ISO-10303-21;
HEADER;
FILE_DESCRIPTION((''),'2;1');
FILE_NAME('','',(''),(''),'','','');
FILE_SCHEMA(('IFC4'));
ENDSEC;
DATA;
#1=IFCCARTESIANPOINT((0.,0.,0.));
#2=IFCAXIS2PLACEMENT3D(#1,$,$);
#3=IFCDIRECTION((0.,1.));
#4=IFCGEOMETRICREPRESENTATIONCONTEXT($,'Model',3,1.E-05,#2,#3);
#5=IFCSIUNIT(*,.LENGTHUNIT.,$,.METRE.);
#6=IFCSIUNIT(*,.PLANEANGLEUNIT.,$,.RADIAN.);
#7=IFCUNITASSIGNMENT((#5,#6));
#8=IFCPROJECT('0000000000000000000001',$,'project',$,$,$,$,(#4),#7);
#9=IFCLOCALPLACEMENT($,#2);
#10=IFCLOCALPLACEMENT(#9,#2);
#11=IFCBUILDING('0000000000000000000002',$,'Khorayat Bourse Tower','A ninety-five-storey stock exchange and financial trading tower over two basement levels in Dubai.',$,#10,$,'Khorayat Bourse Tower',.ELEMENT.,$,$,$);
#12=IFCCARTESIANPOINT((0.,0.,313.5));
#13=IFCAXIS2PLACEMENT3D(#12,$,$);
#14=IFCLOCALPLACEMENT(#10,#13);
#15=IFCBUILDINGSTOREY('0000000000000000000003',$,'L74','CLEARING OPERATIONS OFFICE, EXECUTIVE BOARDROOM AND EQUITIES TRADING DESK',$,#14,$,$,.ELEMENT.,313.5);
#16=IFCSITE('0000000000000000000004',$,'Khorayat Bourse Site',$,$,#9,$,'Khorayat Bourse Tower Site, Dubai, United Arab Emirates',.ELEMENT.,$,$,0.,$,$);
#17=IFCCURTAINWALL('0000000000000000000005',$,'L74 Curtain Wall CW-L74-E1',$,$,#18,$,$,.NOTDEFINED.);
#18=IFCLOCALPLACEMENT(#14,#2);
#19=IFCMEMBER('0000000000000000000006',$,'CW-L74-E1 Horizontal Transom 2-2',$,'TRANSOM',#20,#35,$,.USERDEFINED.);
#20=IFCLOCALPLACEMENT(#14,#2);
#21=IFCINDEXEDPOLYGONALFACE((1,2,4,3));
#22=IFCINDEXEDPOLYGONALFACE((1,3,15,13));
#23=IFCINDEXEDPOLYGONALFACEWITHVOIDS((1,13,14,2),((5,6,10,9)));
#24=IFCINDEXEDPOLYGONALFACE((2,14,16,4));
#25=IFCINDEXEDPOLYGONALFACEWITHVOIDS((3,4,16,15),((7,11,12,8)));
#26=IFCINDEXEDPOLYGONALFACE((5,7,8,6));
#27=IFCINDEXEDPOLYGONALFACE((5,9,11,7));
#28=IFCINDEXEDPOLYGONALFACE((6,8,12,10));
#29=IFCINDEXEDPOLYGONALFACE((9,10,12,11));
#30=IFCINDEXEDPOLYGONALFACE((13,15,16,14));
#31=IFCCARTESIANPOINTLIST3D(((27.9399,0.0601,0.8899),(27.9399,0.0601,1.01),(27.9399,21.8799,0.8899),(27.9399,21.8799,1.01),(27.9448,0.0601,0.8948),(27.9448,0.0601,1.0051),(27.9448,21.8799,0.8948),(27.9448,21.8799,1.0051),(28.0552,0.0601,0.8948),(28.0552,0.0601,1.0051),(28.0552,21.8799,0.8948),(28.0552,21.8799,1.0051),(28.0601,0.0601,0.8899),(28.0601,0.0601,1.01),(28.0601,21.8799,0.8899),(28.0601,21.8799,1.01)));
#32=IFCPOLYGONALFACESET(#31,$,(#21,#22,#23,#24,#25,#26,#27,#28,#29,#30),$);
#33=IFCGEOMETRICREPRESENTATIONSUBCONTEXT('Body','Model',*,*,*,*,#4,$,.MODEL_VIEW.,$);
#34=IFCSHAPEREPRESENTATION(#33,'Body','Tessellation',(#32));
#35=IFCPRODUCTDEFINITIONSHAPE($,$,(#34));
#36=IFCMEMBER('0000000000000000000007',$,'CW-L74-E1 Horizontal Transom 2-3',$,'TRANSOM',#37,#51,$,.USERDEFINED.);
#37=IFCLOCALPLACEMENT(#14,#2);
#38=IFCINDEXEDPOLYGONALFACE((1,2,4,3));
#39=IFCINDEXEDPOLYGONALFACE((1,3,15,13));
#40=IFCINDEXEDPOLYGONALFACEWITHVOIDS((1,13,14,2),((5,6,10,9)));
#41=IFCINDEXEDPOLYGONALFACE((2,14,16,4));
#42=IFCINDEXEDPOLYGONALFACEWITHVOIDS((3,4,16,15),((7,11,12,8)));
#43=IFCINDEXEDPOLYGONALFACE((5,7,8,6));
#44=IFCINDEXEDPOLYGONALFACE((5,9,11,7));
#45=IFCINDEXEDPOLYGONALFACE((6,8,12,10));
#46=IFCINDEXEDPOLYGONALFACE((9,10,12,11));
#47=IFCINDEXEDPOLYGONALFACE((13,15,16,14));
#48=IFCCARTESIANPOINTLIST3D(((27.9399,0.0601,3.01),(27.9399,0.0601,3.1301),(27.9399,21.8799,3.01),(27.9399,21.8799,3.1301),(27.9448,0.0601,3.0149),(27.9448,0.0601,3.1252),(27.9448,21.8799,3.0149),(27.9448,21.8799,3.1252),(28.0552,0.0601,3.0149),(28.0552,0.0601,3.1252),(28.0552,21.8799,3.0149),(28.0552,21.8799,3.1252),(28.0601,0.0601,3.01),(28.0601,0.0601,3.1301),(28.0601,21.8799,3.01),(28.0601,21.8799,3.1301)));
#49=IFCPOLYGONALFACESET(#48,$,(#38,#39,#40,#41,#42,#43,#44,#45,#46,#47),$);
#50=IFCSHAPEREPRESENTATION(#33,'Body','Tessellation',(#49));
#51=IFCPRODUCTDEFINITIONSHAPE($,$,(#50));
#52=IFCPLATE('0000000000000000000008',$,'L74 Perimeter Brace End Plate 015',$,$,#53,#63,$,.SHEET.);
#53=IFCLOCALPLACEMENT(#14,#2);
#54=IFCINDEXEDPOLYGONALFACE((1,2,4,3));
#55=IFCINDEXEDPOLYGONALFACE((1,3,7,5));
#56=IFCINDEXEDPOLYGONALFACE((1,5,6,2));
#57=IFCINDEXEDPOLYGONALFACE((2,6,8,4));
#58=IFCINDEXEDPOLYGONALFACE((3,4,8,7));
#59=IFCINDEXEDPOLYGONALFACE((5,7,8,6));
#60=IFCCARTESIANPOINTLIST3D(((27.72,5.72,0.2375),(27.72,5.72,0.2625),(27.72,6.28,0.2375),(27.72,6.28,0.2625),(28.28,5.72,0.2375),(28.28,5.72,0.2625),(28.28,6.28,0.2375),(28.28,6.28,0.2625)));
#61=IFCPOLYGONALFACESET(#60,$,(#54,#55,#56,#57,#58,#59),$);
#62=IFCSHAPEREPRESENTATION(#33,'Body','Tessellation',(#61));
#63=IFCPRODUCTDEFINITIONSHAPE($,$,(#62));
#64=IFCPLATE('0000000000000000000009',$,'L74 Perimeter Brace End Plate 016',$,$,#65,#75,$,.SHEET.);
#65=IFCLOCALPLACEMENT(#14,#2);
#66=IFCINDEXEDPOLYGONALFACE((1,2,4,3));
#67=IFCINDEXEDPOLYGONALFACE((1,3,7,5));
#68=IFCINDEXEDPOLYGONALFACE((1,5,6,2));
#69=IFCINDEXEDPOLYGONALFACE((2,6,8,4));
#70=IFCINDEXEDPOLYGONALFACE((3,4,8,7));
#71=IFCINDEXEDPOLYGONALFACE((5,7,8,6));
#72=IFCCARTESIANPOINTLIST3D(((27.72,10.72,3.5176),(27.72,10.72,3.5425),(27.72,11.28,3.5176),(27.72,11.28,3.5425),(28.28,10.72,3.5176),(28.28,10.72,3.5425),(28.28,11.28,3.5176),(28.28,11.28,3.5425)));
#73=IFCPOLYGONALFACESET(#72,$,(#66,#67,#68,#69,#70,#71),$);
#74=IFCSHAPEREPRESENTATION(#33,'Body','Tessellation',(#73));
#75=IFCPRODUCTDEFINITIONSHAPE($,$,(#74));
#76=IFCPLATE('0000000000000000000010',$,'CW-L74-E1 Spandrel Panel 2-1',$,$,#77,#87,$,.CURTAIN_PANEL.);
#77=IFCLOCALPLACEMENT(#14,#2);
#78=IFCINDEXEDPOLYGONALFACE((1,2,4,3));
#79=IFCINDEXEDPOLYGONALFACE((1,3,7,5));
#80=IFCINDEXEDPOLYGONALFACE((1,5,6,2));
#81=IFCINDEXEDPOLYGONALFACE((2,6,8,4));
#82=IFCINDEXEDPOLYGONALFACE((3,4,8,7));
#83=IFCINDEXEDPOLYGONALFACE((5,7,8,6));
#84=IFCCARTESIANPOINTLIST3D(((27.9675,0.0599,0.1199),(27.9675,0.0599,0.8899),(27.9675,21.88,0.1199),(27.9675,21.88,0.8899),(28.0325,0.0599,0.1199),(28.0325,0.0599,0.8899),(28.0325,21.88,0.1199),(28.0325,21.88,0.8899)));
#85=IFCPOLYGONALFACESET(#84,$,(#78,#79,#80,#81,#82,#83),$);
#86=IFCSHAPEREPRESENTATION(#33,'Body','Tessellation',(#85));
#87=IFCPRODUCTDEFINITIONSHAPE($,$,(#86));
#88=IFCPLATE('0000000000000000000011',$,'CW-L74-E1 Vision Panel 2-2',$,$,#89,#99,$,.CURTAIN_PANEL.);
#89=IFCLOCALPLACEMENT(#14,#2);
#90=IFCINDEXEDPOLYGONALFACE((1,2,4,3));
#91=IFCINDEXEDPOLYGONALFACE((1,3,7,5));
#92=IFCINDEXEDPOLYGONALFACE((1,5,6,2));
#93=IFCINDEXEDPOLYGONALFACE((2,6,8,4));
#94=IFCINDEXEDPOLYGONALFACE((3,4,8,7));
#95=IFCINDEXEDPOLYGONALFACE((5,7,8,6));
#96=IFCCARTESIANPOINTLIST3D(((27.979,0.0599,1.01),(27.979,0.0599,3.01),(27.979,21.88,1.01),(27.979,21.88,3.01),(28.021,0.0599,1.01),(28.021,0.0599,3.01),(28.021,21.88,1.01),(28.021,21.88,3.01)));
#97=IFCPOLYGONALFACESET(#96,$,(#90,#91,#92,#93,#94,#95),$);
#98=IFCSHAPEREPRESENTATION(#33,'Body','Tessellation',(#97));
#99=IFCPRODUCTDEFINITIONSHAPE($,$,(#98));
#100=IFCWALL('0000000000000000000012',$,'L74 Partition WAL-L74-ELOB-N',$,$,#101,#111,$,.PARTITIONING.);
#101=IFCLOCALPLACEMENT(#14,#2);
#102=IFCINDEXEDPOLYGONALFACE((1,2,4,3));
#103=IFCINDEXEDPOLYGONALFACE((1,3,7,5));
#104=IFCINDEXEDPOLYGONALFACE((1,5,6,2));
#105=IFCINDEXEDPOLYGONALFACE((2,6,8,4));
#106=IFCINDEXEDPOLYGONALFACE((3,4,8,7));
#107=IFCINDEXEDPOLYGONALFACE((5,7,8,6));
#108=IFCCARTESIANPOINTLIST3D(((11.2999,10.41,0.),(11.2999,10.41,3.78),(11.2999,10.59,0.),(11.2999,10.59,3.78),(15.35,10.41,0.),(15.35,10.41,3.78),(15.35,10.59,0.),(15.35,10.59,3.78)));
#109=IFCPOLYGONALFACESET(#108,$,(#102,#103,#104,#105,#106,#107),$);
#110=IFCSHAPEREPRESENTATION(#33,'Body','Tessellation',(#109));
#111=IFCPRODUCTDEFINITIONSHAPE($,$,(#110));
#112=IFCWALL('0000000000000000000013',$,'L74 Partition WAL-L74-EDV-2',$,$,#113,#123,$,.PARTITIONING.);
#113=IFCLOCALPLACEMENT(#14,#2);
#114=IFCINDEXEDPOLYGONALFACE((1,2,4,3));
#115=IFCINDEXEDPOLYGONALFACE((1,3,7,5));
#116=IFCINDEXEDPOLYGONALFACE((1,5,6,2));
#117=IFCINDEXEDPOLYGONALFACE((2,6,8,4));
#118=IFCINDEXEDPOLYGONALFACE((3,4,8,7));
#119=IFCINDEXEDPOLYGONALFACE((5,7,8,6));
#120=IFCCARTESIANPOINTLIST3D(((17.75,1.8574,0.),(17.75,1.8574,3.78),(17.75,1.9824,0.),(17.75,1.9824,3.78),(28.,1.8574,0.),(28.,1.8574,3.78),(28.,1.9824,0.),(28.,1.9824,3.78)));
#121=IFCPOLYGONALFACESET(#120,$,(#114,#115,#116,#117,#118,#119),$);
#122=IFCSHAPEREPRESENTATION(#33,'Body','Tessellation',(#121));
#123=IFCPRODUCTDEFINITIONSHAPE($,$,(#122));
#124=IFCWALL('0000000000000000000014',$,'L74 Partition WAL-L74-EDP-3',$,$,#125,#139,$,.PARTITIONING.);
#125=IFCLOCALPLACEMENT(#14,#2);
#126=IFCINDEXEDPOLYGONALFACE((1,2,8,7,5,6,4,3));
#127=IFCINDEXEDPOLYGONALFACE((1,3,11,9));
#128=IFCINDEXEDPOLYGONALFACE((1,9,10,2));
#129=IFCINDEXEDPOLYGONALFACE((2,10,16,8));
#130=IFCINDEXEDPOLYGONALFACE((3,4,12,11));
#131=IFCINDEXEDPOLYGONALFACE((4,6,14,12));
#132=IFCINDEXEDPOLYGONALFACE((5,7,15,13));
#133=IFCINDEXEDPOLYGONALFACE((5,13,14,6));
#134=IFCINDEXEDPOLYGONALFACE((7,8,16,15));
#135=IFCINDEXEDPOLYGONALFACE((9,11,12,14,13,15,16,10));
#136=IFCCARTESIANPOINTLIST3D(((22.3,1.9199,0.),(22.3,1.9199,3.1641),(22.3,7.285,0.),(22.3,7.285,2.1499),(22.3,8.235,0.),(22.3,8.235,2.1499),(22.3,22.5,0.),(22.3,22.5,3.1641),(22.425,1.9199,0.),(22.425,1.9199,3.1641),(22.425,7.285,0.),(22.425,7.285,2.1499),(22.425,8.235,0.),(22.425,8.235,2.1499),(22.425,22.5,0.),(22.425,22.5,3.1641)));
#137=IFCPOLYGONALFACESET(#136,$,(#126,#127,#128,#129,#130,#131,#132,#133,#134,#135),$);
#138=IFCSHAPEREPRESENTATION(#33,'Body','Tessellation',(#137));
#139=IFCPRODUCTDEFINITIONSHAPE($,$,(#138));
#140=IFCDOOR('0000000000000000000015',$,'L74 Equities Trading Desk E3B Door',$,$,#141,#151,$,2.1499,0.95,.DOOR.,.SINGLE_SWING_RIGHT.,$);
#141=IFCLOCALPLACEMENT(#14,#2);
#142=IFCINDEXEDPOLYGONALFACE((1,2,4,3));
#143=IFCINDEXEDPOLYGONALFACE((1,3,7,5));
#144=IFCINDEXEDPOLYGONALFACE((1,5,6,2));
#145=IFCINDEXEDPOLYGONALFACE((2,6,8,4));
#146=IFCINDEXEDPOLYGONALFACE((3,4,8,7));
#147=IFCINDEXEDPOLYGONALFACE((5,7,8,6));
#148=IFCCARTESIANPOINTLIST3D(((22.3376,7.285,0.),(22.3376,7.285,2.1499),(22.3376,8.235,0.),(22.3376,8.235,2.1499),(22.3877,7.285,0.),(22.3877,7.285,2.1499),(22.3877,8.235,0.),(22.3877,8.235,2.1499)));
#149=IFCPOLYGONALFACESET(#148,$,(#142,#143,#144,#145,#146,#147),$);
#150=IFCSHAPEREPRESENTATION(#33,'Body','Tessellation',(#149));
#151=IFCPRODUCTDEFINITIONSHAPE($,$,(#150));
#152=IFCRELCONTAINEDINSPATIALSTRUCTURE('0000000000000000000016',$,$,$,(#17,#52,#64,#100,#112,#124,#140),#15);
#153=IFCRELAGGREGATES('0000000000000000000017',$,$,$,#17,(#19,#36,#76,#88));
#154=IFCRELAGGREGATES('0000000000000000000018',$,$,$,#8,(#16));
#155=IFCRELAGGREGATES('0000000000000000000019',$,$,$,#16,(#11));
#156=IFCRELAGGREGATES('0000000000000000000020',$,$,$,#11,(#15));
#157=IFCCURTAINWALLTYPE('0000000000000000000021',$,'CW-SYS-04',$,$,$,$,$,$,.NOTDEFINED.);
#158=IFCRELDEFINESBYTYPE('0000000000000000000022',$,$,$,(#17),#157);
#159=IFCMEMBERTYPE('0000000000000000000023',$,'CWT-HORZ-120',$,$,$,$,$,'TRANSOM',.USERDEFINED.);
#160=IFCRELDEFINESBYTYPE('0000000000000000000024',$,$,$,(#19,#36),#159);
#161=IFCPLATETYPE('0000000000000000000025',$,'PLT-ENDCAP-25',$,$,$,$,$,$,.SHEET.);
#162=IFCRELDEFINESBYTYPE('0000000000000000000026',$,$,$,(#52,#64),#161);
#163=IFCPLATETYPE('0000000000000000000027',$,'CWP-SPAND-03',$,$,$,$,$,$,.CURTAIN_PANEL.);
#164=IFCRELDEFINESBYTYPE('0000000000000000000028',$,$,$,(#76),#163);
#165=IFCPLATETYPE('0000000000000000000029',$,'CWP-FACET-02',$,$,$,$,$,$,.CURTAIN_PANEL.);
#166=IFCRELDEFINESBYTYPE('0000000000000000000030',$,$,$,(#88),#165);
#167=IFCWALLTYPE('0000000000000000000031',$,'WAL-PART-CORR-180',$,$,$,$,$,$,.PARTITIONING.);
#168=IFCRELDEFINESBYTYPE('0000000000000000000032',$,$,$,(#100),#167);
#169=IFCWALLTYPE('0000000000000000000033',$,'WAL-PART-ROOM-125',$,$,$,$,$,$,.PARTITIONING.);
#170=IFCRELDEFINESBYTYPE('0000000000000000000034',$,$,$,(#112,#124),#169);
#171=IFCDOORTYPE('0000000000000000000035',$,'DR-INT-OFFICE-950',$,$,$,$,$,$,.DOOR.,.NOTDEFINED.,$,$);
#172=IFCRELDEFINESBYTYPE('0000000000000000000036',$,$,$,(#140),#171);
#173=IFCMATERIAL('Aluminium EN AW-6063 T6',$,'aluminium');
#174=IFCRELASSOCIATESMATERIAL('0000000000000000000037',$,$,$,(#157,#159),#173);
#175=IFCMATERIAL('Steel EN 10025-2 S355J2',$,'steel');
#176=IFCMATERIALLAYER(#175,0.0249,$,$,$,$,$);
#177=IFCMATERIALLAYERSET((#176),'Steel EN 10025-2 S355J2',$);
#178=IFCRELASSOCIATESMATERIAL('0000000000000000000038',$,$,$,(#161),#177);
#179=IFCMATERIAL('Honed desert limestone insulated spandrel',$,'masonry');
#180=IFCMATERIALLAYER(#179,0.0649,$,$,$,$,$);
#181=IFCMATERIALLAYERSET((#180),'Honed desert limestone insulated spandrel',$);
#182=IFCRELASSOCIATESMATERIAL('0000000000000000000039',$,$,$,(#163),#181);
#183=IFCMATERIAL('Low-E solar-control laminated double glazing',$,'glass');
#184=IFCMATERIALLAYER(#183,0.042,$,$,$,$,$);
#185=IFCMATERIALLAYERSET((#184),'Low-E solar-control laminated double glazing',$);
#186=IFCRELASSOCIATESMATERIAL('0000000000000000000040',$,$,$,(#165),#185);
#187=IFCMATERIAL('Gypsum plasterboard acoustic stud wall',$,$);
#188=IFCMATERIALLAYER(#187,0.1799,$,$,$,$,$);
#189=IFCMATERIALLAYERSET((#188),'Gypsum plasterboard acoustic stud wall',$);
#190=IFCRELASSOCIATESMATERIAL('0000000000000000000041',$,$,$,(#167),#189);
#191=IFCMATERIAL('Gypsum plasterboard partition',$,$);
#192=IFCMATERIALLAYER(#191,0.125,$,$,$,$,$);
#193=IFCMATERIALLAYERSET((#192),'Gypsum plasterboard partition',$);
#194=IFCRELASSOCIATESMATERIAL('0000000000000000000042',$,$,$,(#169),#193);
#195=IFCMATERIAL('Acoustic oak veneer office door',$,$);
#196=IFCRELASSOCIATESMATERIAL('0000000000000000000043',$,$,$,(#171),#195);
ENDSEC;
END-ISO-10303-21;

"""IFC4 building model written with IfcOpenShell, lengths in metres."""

from ifc_helpers import new_model, si_unit, direction, frame, frame_2d, origin, origin_2d, place, context, subcontext, project, spatial, rectangle, hollow_rectangle, extrude, source, transform, mapped, material, layer, layer_set, material_profile, profile_set, type_object, element, fill, aggregate, save


model = new_model("IFC4")

# Units and contexts
model_context = context("Model", 3, precision=1e-05, world=origin(), true_north=direction((0.0, 1.0)))
body_context = subcontext(model_context, "Body", "Model", "MODEL_VIEW")
ifc_project = project(units=[si_unit("LENGTHUNIT", "METRE"), si_unit("PLANEANGLEUNIT", "RADIAN")], contexts=[model_context])

# Site, building, storey
site_placement = place(None, origin())
site = spatial("IfcSite", under=ifc_project, at=site_placement, Name="Khorayat Bourse Site", LongName="Khorayat Bourse Tower Site, Dubai, United Arab Emirates", CompositionType="ELEMENT", RefElevation=0.0)
building_placement = place(site_placement, origin())
building = spatial("IfcBuilding", under=site, at=building_placement, Name="Khorayat Bourse Tower", Description="A ninety-five-storey stock exchange and financial trading tower over two basement levels in Dubai.", LongName="Khorayat Bourse Tower", CompositionType="ELEMENT")
storey_placement = place(building_placement, frame((0.0, 0.0, 313.5)))
storey = spatial("IfcBuildingStorey", under=building, at=storey_placement, Name="L74", Description="CLEARING OPERATIONS OFFICE, EXECUTIVE BOARDROOM AND EQUITIES TRADING DESK", CompositionType="ELEMENT", Elevation=313.5)

# Curtain wall, members
ifc_material_1 = material(Name="Aluminium EN AW-6063 T6", Category="aluminium")
curtain_wall_type = type_object("IfcCurtainWallType", Name="CW-SYS-04", PredefinedType="NOTDEFINED", material=ifc_material_1)
curtain_wall_placement = place(storey_placement, origin())
curtain_wall = element("IfcCurtainWall", 1, at=curtain_wall_placement, inside=storey, type_object=curtain_wall_type, Name="L74 Curtain Wall CW-L74-E1", PredefinedType="NOTDEFINED")
ifc_material_profile_1 = material_profile(ifc_material_1, hollow_rectangle(XDim=0.1201, YDim=0.1201, WallThickness=0.0049, at=origin_2d()), Name="ALU 120x120x5")
ifc_profile_set_1 = profile_set([ifc_material_profile_1], Name="Aluminium EN AW-6063 T6")
member_type_1 = type_object("IfcMemberType", Name="CWT-HORZ-120", ElementType="TRANSOM", PredefinedType="USERDEFINED", material=ifc_profile_set_1)
shared_shape_1 = source(origin(), body_context, "Body", "SweptSolid", [
    extrude(hollow_rectangle(XDim=0.1201, YDim=0.1201, WallThickness=0.0049, at=origin_2d()), origin(), (0.0, 0.0, 1.0), 21.8198),
])
member_1_placement = place(storey_placement, frame((28.0, 0.0601, 0.95), z_axis=(0.0, 1.0, 0.0), x_axis=(-1.0, 0.0, 0.0)))
member_1 = element("IfcMember", 2, at=member_1_placement, type_object=member_type_1, Name="CW-L74-E1 Horizontal Transom 2-2", ObjectType="TRANSOM", PredefinedType="USERDEFINED", context=body_context, shape_type="MappedRepresentation", body=[
    mapped(shared_shape_1, transform((0.0, 0.0, 0.0), scale=1.0)),
])
member_2_placement = place(storey_placement, frame((28.0, 0.0601, 3.0701), z_axis=(0.0, 1.0, 0.0), x_axis=(-1.0, 0.0, 0.0)))
member_2 = element("IfcMember", 3, at=member_2_placement, type_object=member_type_1, Name="CW-L74-E1 Horizontal Transom 2-3", ObjectType="TRANSOM", PredefinedType="USERDEFINED", context=body_context, shape_type="MappedRepresentation", body=[
    mapped(shared_shape_1, transform((0.0, 0.0, 0.0), scale=1.0)),
])

# Plates
ifc_material_2 = material(Name="Steel EN 10025-2 S355J2", Category="steel")
ifc_layer_1 = layer(ifc_material_2, 0.0249)
ifc_layer_set_1 = layer_set([ifc_layer_1], Name="Steel EN 10025-2 S355J2")
plate_type_1 = type_object("IfcPlateType", Name="PLT-ENDCAP-25", PredefinedType="SHEET", material=ifc_layer_set_1)
shared_shape_2 = source(origin(), body_context, "Body", "SweptSolid", [
    extrude(rectangle(XDim=0.5601, YDim=0.5601, at=origin_2d()), origin(), (0.0, 0.0, 1.0), 0.0249),
])
for number, where, z_axis, x_axis, name in (
    (4, (28.0, 6.0, 0.2375), (0.0, 0.0, 1.0), (1.0, 0.0, 0.0), "L74 Perimeter Brace End Plate 015"),
    (5, (28.0, 11.0, 3.5176), (0.0, 0.0, 1.0), (1.0, 0.0, 0.0), "L74 Perimeter Brace End Plate 016"),
):
    element("IfcPlate", number, at=place(storey_placement, frame(where, z_axis=z_axis, x_axis=x_axis)), inside=storey, type_object=plate_type_1, Name=name, PredefinedType="SHEET", context=body_context, shape_type="MappedRepresentation", body=[
        mapped(shared_shape_2, transform((0.0, 0.0, 0.0), scale=1.0)),
    ])

# Plates
ifc_material_3 = material(Name="Honed desert limestone insulated spandrel", Category="masonry")
ifc_layer_2 = layer(ifc_material_3, 0.0649)
ifc_layer_set_2 = layer_set([ifc_layer_2], Name="Honed desert limestone insulated spandrel")
plate_type_2 = type_object("IfcPlateType", Name="CWP-SPAND-03", PredefinedType="CURTAIN_PANEL", material=ifc_layer_set_2)
shared_shape_3 = source(origin(), body_context, "Body", "SweptSolid", [
    extrude(rectangle(XDim=21.8201, YDim=0.0649, at=origin_2d()), origin(), (0.0, 0.0, 1.0), 0.77),
])
plate_1_placement = place(storey_placement, frame((28.0, 10.97, 0.1199), z_axis=(0.0, 0.0, 1.0), x_axis=(0.0, 1.0, 0.0)))
plate_1 = element("IfcPlate", 6, at=plate_1_placement, type_object=plate_type_2, Name="CW-L74-E1 Spandrel Panel 2-1", PredefinedType="CURTAIN_PANEL", context=body_context, shape_type="MappedRepresentation", body=[
    mapped(shared_shape_3, transform((0.0, 0.0, 0.0), scale=1.0)),
])
ifc_material_4 = material(Name="Low-E solar-control laminated double glazing", Category="glass")
ifc_layer_3 = layer(ifc_material_4, 0.042)
ifc_layer_set_3 = layer_set([ifc_layer_3], Name="Low-E solar-control laminated double glazing")
plate_type_3 = type_object("IfcPlateType", Name="CWP-FACET-02", PredefinedType="CURTAIN_PANEL", material=ifc_layer_set_3)
shared_shape_4 = source(origin(), body_context, "Body", "SweptSolid", [
    extrude(rectangle(XDim=21.8201, YDim=0.042, at=origin_2d()), origin(), (0.0, 0.0, 1.0), 2.0),
])
plate_2_placement = place(storey_placement, frame((28.0, 10.97, 1.01), z_axis=(0.0, 0.0, 1.0), x_axis=(0.0, 1.0, 0.0)))
plate_2 = element("IfcPlate", 7, at=plate_2_placement, type_object=plate_type_3, Name="CW-L74-E1 Vision Panel 2-2", PredefinedType="CURTAIN_PANEL", context=body_context, shape_type="MappedRepresentation", body=[
    mapped(shared_shape_4, transform((0.0, 0.0, 0.0), scale=1.0)),
])
aggregate(curtain_wall, [member_1, member_2, plate_1, plate_2])

# Walls
ifc_material_5 = material(Name="Gypsum plasterboard acoustic stud wall")
ifc_layer_4 = layer(ifc_material_5, 0.1799)
ifc_layer_set_4 = layer_set([ifc_layer_4], Name="Gypsum plasterboard acoustic stud wall")
wall_type_1 = type_object("IfcWallType", Name="WAL-PART-CORR-180", PredefinedType="PARTITIONING", material=ifc_layer_set_4)
shared_shape_5 = source(origin(), body_context, "Body", "SweptSolid", [
    extrude(rectangle(XDim=4.05, YDim=0.1799, at=frame_2d((2.0249, 0.0))), origin(), (0.0, 0.0, 1.0), 3.78),
])
wall_1_placement = place(storey_placement, frame((11.3, 10.5, 0.0), z_axis=(0.0, 0.0, 1.0), x_axis=(1.0, 0.0, 0.0)))
element("IfcWall", 8, at=wall_1_placement, inside=storey, type_object=wall_type_1, Name="L74 Partition WAL-L74-ELOB-N", PredefinedType="PARTITIONING", context=body_context, shape_type="MappedRepresentation", body=[
    mapped(shared_shape_5, transform((0.0, 0.0, 0.0), scale=1.0)),
])
ifc_material_6 = material(Name="Gypsum plasterboard partition")
ifc_layer_5 = layer(ifc_material_6, 0.125)
ifc_layer_set_5 = layer_set([ifc_layer_5], Name="Gypsum plasterboard partition")
wall_type_2 = type_object("IfcWallType", Name="WAL-PART-ROOM-125", PredefinedType="PARTITIONING", material=ifc_layer_set_5)
shared_shape_6 = source(origin(), body_context, "Body", "SweptSolid", [
    extrude(rectangle(XDim=10.25, YDim=0.125, at=frame_2d((5.125, 0.0))), origin(), (0.0, 0.0, 1.0), 3.78),
])
wall_2_placement = place(storey_placement, frame((17.75, 1.9199, 0.0), z_axis=(0.0, 0.0, 1.0), x_axis=(1.0, 0.0, 0.0)))
element("IfcWall", 9, at=wall_2_placement, inside=storey, type_object=wall_type_2, Name="L74 Partition WAL-L74-EDV-2", PredefinedType="PARTITIONING", context=body_context, shape_type="MappedRepresentation", body=[
    mapped(shared_shape_6, transform((0.0, 0.0, 0.0), scale=1.0)),
])

# Wall, opening, door
shared_shape_7 = source(origin(), body_context, "Body", "SweptSolid", [
    extrude(rectangle(XDim=20.5801, YDim=0.125, at=frame_2d((10.29, 0.0))), origin(), (0.0, 0.0, 1.0), 3.1641),
])
wall_3_placement = place(storey_placement, frame((22.3625, 1.9199, 0.0), z_axis=(0.0, 0.0, 1.0), x_axis=(0.0, 1.0, 0.0)))
wall_3 = element("IfcWall", 10, at=wall_3_placement, inside=storey, type_object=wall_type_2, Name="L74 Partition WAL-L74-EDP-3", PredefinedType="PARTITIONING", context=body_context, shape_type="MappedRepresentation", body=[
    mapped(shared_shape_7, transform((0.0, 0.0, 0.0), scale=1.0)),
])
shared_shape_8 = source(origin(), body_context, "Body", "SweptSolid", [
    extrude(rectangle(XDim=0.95, YDim=2.1499, at=frame_2d((0.4751, 1.075))), frame((0.0, 0.0725, 0.0), z_axis=(0.0, -1.0, 0.0), x_axis=(1.0, 0.0, 0.0)), (0.0, 0.0, 1.0), 0.145),
])
opening_placement = place(wall_3_placement, frame((5.365, 0.0, 0.0)))
opening = element("IfcOpeningElement", 11, at=opening_placement, cuts=wall_3, PredefinedType="OPENING", context=body_context, shape_type="MappedRepresentation", body=[
    mapped(shared_shape_8, transform((0.0, 0.0, 0.0), scale=1.0)),
])
ifc_material_7 = material(Name="Acoustic oak veneer office door")
door_type = type_object("IfcDoorType", Name="DR-INT-OFFICE-950", OperationType="NOTDEFINED", PredefinedType="DOOR", material=ifc_material_7)
shared_shape_9 = source(origin(), body_context, "Body", "SweptSolid", [
    extrude(rectangle(XDim=0.95, YDim=2.1499, at=frame_2d((0.4751, 1.075))), frame((0.0, 0.0249, 0.0), z_axis=(0.0, -1.0, 0.0), x_axis=(1.0, 0.0, 0.0)), (0.0, 0.0, 1.0), 0.05),
])
door_placement = place(opening_placement, origin())
door = element("IfcDoor", 12, at=door_placement, inside=storey, type_object=door_type, Name="L74 Equities Trading Desk E3B Door", OperationType="SINGLE_SWING_RIGHT", OverallHeight=2.1499, OverallWidth=0.95, PredefinedType="DOOR", context=body_context, shape_type="MappedRepresentation", body=[
    mapped(shared_shape_9, transform((0.0, 0.0, 0.0), scale=1.0)),
])
fill(opening, door)

save(model, "model.ifc")
